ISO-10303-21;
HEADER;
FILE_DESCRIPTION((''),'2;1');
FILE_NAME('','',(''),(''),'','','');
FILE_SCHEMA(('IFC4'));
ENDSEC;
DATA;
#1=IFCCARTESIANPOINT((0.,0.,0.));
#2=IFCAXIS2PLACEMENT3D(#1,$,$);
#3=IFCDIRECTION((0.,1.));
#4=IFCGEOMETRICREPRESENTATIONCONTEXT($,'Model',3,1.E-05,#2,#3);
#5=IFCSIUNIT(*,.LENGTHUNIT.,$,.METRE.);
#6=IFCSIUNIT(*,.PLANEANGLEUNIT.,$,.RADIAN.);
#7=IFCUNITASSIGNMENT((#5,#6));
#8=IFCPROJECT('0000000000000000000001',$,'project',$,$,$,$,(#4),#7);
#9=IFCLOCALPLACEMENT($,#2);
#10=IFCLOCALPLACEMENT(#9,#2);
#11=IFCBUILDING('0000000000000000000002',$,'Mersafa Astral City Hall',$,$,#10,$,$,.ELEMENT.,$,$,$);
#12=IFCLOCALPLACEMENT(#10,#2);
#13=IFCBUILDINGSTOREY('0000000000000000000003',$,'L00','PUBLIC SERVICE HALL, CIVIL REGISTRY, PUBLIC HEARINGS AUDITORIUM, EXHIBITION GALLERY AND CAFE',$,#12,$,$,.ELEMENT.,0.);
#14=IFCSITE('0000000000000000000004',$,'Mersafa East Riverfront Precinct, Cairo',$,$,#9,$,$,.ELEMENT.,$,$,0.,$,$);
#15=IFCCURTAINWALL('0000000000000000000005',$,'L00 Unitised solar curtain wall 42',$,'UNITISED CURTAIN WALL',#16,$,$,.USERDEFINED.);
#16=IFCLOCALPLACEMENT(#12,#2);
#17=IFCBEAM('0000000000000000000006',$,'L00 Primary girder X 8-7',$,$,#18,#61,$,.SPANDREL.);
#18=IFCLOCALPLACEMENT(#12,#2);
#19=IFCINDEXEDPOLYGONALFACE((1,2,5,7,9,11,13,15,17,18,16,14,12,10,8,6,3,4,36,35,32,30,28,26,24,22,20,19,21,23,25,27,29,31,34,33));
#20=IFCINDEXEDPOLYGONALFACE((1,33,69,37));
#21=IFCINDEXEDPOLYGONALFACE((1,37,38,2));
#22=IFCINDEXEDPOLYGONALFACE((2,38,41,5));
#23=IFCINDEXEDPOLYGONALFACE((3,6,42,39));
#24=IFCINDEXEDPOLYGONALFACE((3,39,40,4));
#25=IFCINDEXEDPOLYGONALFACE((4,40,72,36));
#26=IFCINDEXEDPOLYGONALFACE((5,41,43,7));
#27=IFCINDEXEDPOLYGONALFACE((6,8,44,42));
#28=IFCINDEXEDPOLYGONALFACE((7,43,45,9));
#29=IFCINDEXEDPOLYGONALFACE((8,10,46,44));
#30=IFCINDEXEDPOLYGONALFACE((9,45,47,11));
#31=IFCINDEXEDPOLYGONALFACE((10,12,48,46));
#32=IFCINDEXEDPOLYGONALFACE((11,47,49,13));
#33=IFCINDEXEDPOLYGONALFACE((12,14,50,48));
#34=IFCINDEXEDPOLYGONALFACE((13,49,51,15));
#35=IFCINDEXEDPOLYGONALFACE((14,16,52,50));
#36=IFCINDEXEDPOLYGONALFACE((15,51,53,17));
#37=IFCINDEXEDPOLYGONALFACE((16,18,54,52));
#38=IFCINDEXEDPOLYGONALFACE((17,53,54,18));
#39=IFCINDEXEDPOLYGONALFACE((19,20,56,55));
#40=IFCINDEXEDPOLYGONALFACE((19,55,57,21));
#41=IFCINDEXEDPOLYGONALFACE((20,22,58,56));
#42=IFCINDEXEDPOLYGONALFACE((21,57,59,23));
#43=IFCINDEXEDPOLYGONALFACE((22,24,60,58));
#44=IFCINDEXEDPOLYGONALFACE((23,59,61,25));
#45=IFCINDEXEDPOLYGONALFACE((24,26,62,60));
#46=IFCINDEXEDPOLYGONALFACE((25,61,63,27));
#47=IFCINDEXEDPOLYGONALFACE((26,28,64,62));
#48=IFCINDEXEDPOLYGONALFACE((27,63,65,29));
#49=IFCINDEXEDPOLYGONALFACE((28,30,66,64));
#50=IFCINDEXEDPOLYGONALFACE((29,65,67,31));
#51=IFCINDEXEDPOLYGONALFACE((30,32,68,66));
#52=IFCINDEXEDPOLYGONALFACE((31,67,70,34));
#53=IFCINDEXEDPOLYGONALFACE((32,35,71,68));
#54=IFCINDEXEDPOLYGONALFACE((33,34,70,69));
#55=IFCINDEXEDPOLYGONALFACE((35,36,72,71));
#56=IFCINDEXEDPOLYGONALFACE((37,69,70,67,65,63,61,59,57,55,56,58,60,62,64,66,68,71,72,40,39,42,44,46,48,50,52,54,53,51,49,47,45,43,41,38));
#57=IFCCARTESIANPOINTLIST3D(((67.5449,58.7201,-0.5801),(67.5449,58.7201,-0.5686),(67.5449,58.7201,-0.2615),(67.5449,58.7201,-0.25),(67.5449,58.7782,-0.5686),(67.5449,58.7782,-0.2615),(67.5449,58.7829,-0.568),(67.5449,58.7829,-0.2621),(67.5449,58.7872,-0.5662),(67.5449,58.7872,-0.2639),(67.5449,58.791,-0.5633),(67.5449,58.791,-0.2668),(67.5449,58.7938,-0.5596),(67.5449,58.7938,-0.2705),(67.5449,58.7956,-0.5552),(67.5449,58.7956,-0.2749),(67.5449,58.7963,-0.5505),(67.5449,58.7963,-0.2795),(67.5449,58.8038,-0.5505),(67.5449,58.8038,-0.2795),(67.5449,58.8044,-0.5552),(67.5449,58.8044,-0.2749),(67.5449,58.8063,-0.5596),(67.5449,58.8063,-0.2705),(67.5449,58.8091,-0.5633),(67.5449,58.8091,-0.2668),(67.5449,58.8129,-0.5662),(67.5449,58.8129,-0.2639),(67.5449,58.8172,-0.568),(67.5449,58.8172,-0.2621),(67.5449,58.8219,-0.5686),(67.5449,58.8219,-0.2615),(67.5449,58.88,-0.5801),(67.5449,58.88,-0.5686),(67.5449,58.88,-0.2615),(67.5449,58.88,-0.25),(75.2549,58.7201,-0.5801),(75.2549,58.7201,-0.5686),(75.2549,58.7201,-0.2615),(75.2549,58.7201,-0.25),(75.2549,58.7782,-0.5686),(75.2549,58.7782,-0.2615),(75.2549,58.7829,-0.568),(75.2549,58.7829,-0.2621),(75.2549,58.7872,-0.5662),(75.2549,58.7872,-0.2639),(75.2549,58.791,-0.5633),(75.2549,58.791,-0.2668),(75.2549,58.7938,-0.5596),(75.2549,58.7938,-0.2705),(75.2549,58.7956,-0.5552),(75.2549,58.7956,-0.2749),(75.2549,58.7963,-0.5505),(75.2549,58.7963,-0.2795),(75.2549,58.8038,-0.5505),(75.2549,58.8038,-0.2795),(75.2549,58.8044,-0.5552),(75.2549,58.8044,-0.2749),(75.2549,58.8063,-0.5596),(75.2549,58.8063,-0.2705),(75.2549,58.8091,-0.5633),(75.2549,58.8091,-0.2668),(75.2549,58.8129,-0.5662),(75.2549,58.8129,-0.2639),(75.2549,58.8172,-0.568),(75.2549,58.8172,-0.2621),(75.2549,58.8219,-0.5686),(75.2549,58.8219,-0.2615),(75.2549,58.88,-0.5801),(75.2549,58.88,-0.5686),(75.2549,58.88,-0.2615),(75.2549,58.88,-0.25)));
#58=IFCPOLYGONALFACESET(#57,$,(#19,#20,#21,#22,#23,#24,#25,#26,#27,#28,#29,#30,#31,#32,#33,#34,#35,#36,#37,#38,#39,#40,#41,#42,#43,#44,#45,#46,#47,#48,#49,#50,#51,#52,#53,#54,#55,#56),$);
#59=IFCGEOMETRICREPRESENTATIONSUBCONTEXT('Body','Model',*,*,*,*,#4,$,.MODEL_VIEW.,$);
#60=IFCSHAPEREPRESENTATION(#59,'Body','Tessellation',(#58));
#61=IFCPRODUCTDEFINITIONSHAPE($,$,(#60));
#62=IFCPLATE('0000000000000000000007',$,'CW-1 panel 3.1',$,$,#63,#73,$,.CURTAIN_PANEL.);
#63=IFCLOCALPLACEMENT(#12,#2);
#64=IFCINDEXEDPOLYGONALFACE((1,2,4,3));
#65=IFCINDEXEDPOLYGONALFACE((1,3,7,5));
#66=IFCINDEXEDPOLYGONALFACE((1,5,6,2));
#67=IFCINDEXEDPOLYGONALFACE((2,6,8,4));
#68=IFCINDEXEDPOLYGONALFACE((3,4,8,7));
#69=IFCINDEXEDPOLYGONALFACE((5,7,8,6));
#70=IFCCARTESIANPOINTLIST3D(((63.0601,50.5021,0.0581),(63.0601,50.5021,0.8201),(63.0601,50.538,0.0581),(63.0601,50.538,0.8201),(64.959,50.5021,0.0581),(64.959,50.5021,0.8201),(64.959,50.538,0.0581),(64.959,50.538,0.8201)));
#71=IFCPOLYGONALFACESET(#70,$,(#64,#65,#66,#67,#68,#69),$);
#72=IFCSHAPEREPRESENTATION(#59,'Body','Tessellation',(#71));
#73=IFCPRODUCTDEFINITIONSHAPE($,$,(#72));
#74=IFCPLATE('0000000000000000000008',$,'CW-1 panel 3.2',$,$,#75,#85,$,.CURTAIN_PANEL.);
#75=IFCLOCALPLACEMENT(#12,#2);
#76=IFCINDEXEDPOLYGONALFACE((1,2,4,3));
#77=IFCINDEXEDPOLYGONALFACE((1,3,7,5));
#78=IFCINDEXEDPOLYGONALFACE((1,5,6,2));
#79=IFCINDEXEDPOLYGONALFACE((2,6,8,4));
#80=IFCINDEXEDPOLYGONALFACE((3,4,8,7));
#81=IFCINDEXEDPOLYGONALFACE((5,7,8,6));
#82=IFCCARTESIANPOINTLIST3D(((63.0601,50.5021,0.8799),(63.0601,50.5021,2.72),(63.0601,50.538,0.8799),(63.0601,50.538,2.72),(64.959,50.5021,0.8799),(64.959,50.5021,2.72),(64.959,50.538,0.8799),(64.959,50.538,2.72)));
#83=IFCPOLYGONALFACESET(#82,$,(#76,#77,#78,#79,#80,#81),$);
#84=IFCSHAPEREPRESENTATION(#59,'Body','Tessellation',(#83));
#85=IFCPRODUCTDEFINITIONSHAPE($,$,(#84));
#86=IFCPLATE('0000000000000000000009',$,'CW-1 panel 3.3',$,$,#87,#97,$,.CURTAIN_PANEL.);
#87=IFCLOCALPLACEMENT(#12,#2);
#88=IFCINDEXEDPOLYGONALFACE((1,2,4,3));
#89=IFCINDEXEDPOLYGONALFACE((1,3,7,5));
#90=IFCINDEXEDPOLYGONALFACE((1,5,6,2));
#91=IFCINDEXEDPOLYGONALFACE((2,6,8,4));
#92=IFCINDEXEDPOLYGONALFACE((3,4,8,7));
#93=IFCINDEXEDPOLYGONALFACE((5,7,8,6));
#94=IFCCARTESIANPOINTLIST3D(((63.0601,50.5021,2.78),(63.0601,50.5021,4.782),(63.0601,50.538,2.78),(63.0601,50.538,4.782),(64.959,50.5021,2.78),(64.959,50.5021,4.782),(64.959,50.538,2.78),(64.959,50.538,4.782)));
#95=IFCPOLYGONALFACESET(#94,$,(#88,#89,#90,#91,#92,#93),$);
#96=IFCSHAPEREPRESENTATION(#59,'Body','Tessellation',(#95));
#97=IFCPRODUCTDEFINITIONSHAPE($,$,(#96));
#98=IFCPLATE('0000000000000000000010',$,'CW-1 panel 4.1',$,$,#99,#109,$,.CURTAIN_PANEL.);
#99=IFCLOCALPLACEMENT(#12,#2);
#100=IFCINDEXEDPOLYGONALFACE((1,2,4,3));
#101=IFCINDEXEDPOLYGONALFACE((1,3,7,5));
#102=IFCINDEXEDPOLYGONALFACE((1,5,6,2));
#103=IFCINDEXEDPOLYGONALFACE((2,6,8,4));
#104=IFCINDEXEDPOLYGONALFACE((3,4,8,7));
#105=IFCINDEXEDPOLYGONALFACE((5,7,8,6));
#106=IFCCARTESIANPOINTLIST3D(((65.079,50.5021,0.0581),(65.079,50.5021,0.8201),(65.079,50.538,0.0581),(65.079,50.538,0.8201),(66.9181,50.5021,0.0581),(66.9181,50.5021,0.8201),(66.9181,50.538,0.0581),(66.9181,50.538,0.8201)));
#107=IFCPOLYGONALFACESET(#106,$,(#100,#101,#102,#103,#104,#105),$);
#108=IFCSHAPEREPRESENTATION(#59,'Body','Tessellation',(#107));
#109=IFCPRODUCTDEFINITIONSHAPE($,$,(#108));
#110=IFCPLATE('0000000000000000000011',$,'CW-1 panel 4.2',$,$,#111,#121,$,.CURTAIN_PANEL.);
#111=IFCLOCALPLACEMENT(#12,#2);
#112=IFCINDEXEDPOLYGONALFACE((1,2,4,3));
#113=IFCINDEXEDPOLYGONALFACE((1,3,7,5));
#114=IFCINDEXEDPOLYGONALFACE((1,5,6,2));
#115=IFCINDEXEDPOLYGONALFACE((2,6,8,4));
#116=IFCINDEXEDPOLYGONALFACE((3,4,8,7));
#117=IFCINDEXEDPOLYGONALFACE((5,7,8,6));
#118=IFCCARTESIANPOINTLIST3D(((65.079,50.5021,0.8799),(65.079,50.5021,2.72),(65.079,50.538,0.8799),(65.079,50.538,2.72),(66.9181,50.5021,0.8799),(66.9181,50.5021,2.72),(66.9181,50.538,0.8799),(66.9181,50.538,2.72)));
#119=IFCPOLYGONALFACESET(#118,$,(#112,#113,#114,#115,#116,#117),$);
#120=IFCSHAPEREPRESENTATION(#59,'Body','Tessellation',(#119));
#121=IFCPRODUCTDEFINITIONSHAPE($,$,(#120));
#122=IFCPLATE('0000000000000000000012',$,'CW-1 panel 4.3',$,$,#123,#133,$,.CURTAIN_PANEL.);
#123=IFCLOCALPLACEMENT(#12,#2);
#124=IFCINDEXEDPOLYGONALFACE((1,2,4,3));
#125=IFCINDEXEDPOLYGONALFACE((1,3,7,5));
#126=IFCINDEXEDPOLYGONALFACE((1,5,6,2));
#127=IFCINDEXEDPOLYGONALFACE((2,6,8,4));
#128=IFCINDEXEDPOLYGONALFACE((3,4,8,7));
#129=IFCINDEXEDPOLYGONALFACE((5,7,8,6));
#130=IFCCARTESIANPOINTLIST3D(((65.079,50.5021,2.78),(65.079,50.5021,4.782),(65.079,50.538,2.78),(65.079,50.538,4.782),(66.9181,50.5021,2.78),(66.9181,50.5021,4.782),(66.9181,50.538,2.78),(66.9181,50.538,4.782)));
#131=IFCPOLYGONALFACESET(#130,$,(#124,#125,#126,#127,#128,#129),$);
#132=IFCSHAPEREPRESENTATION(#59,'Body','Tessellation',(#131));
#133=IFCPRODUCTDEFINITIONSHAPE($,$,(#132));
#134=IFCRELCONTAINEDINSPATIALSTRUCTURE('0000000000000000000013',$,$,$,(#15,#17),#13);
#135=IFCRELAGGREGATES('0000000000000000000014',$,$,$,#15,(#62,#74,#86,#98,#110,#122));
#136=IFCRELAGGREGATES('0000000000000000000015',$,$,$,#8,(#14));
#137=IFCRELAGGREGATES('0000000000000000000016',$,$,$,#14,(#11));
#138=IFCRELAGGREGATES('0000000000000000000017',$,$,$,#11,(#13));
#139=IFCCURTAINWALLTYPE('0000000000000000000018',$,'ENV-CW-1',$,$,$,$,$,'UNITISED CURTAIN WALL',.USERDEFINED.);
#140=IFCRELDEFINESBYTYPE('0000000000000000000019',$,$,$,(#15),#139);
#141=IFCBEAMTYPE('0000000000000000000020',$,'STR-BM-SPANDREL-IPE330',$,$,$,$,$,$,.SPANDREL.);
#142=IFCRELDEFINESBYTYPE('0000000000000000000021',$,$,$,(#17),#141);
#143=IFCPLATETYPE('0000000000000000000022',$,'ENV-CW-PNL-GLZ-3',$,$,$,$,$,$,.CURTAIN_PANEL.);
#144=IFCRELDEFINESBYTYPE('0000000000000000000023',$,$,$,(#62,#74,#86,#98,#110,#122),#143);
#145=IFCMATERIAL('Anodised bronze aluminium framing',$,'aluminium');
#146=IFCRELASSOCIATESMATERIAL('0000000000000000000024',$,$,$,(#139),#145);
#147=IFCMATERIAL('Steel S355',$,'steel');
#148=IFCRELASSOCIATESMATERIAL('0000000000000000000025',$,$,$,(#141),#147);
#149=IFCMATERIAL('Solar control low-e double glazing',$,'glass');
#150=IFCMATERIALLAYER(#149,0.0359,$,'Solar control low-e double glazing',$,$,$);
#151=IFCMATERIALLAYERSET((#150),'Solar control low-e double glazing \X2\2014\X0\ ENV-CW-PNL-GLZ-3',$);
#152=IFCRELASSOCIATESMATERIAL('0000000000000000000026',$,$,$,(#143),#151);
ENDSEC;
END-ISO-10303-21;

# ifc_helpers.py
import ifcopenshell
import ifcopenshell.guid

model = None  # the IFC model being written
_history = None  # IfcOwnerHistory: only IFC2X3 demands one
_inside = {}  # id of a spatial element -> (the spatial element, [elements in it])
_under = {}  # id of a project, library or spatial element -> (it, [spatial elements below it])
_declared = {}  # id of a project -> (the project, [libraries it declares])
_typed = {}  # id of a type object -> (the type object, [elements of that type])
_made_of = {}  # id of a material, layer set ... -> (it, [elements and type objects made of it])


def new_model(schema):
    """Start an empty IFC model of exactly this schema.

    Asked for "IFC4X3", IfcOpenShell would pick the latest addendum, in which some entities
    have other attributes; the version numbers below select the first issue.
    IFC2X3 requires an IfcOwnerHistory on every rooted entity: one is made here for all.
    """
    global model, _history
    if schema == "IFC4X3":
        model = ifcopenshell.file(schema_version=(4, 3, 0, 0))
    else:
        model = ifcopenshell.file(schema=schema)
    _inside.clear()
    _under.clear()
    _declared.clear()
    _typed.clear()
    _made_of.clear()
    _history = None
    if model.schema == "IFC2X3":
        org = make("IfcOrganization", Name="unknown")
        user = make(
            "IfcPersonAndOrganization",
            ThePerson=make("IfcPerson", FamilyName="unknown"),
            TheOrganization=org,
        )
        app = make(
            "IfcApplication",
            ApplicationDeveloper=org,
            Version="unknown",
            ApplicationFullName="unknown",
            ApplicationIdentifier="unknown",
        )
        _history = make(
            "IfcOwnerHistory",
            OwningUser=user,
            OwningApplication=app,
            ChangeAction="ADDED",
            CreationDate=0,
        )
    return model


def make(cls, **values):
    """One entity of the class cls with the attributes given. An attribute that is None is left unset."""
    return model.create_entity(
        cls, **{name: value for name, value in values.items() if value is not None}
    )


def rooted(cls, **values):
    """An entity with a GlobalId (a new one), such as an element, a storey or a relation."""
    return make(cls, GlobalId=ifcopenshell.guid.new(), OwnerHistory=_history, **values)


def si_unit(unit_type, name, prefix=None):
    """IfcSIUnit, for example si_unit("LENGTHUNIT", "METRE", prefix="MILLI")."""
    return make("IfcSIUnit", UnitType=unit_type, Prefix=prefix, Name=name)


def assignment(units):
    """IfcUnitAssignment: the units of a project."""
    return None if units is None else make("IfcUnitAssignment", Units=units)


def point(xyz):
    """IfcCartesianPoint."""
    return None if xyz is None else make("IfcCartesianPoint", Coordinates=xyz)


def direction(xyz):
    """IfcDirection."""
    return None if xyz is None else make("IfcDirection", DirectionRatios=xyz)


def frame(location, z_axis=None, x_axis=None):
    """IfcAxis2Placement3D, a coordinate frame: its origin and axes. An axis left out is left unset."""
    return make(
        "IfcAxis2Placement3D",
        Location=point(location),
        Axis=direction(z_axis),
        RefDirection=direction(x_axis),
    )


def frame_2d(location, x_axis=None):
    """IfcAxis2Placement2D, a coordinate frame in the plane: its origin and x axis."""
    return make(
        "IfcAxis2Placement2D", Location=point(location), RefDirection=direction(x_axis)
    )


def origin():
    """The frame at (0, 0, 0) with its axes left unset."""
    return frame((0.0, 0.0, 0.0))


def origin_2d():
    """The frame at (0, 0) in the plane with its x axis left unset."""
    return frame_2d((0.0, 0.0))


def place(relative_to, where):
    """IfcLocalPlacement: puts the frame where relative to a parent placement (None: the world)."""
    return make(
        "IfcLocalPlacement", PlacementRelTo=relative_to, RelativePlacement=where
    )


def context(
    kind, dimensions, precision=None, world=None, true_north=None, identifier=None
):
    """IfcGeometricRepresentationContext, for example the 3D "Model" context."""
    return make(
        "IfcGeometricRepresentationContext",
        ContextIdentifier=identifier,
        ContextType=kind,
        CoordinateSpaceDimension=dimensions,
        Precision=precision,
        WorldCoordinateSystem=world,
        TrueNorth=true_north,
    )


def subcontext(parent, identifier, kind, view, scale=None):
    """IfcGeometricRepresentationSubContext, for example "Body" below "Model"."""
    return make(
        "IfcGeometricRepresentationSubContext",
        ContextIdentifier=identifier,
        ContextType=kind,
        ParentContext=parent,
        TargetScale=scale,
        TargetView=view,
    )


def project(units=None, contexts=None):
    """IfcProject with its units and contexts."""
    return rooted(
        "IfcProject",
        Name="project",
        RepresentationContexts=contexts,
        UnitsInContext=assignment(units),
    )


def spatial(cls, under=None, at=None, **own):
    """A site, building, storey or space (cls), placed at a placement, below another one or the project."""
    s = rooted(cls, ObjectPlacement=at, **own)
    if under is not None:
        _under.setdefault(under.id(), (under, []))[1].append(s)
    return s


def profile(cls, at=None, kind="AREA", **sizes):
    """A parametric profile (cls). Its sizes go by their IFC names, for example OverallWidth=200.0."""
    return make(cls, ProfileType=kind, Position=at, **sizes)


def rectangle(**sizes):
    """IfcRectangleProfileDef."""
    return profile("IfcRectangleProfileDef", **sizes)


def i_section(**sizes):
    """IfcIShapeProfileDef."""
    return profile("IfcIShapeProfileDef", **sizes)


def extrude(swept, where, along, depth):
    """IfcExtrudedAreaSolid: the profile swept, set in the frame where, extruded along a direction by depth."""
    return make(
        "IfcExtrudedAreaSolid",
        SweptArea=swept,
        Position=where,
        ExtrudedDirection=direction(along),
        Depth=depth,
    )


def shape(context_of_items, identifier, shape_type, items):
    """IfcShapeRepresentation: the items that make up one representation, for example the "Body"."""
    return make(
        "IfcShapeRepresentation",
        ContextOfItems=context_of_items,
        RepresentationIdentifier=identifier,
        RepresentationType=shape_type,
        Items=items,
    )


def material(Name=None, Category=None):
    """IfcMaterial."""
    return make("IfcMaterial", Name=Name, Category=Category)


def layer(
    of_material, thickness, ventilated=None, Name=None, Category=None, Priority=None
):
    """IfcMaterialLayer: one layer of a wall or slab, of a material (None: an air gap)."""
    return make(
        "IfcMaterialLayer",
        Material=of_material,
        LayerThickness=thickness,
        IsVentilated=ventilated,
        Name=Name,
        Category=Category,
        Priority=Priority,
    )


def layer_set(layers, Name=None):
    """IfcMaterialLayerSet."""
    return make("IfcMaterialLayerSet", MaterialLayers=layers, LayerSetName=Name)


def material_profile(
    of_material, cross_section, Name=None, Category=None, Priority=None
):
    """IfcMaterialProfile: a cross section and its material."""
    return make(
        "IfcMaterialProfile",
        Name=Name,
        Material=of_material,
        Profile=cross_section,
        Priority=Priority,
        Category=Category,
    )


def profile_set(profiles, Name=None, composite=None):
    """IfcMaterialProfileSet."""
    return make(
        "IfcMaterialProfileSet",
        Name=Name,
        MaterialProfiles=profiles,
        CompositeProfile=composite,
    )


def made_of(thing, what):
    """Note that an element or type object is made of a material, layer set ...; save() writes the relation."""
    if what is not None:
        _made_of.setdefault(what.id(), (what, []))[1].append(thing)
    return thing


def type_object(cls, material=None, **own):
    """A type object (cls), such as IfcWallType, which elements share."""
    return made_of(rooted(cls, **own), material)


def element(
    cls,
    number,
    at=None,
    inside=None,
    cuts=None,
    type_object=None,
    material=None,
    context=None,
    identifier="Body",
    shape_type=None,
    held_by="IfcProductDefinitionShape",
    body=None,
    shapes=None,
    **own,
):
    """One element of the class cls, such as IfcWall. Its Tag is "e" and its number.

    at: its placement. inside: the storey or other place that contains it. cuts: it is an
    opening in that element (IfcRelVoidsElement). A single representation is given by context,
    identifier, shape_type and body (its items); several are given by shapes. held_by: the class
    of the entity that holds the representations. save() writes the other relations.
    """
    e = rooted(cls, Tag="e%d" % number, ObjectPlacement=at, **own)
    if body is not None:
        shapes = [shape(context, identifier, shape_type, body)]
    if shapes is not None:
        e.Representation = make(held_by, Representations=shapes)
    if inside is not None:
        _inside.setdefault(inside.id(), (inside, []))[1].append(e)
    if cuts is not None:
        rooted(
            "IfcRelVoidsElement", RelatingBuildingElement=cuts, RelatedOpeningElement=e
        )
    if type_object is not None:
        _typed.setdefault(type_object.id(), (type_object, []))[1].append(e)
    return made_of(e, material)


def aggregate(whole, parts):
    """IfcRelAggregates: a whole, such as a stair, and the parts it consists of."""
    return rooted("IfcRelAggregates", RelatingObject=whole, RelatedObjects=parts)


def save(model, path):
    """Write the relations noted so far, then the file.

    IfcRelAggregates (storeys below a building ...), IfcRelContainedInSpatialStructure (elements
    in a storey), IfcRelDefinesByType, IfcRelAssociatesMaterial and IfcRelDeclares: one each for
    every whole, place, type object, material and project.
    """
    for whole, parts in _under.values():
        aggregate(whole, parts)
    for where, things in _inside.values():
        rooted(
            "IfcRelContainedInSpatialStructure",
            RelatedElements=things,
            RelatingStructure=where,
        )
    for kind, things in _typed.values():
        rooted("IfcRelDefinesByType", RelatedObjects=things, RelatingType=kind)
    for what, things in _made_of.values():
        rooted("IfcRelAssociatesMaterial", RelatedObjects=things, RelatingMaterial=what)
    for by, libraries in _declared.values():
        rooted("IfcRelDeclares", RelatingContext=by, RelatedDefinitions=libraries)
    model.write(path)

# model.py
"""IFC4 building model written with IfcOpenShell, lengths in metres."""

from ifc_helpers import new_model, si_unit, direction, frame, origin, origin_2d, place, context, subcontext, project, spatial, rectangle, i_section, extrude, material, layer, layer_set, material_profile, profile_set, type_object, element, aggregate, save


model = new_model("IFC4")

# Units and contexts
model_context = context("Model", 3, precision=1e-05, world=origin(), true_north=direction((0.0, 1.0)))
body_context = subcontext(model_context, "Body", "Model", "MODEL_VIEW")
ifc_project = project(units=[si_unit("LENGTHUNIT", "METRE"), si_unit("PLANEANGLEUNIT", "RADIAN")], contexts=[model_context])

# Site, building, storey
site_placement = place(None, origin())
site = spatial("IfcSite", under=ifc_project, at=site_placement, Name="Mersafa East Riverfront Precinct, Cairo", CompositionType="ELEMENT", RefElevation=0.0)
building_placement = place(site_placement, origin())
building = spatial("IfcBuilding", under=site, at=building_placement, Name="Mersafa Astral City Hall", CompositionType="ELEMENT")
storey_placement = place(building_placement, origin())
storey = spatial("IfcBuildingStorey", under=building, at=storey_placement, Name="L00", Description="PUBLIC SERVICE HALL, CIVIL REGISTRY, PUBLIC HEARINGS AUDITORIUM, EXHIBITION GALLERY AND CAFE", CompositionType="ELEMENT", Elevation=0.0)

# Shared definitions
ifc_material_1 = material(Name="Steel S355", Category="steel")

# Curtain wall
ifc_material_2 = material(Name="Anodised bronze aluminium framing", Category="aluminium")
curtain_wall_type_1 = type_object("IfcCurtainWallType", Name="ENV-CW-1", ElementType="UNITISED CURTAIN WALL", PredefinedType="USERDEFINED", material=ifc_material_2)
curtain_wall_1_placement = place(storey_placement, origin())
curtain_wall_1 = element("IfcCurtainWall", 1, at=curtain_wall_1_placement, inside=storey, type_object=curtain_wall_type_1, Name="L00 Unitised solar curtain wall 42", ObjectType="UNITISED CURTAIN WALL", PredefinedType="USERDEFINED")

# Beam
ifc_material_profile_1 = material_profile(ifc_material_1, i_section(OverallWidth=0.1599, OverallDepth=0.3301, WebThickness=0.0076, FlangeThickness=0.0115, FilletRadius=0.0181, at=origin_2d()), Name="IPE 330")
ifc_profile_set_1 = profile_set([ifc_material_profile_1], Name="Steel S355")
beam_type_1 = type_object("IfcBeamType", Name="STR-BM-SPANDREL-IPE330", PredefinedType="SPANDREL", material=ifc_profile_set_1)
beam_1_placement = place(storey_placement, frame((67.5449, 58.8, -0.415), z_axis=(1.0, 0.0, 0.0), x_axis=(0.0, 1.0, 0.0)))
element("IfcBeam", 2, at=beam_1_placement, inside=storey, type_object=beam_type_1, Name="L00 Primary girder X 8-7", PredefinedType="SPANDREL", context=body_context, shape_type="SweptSolid", body=[
    extrude(i_section(OverallWidth=0.1599, OverallDepth=0.3301, WebThickness=0.0076, FlangeThickness=0.0115, FilletRadius=0.0181, at=origin_2d()), origin(), (0.0, 0.0, 1.0), 7.71),
])

# Plates
ifc_material_3 = material(Name="Solar control low-e double glazing", Category="glass")
ifc_layer = layer(ifc_material_3, 0.0359, Name="Solar control low-e double glazing")
ifc_layer_set = layer_set([ifc_layer], Name="Solar control low-e double glazing — ENV-CW-PNL-GLZ-3")
plate_type = type_object("IfcPlateType", Name="ENV-CW-PNL-GLZ-3", PredefinedType="CURTAIN_PANEL", material=ifc_layer_set)
plate_1_placement = place(storey_placement, frame((64.0095, 50.52, 0.0581), z_axis=(0.0, 0.0, 1.0), x_axis=(1.0, 0.0, 0.0)))
plate_1 = element("IfcPlate", 3, at=plate_1_placement, type_object=plate_type, Name="CW-1 panel 3.1", PredefinedType="CURTAIN_PANEL", context=body_context, shape_type="SweptSolid", body=[
    extrude(rectangle(XDim=1.8989, YDim=0.0359, at=origin_2d()), origin(), (0.0, 0.0, 1.0), 0.762),
])
plate_2_placement = place(storey_placement, frame((64.0095, 50.52, 0.8799), z_axis=(0.0, 0.0, 1.0), x_axis=(1.0, 0.0, 0.0)))
plate_2 = element("IfcPlate", 4, at=plate_2_placement, type_object=plate_type, Name="CW-1 panel 3.2", PredefinedType="CURTAIN_PANEL", context=body_context, shape_type="SweptSolid", body=[
    extrude(rectangle(XDim=1.8989, YDim=0.0359, at=origin_2d()), origin(), (0.0, 0.0, 1.0), 1.8401),
])
plate_3_placement = place(storey_placement, frame((64.0095, 50.52, 2.78), z_axis=(0.0, 0.0, 1.0), x_axis=(1.0, 0.0, 0.0)))
plate_3 = element("IfcPlate", 5, at=plate_3_placement, type_object=plate_type, Name="CW-1 panel 3.3", PredefinedType="CURTAIN_PANEL", context=body_context, shape_type="SweptSolid", body=[
    extrude(rectangle(XDim=1.8989, YDim=0.0359, at=origin_2d()), origin(), (0.0, 0.0, 1.0), 2.002),
])
plate_4_placement = place(storey_placement, frame((65.9985, 50.52, 0.0581), z_axis=(0.0, 0.0, 1.0), x_axis=(1.0, 0.0, 0.0)))
plate_4 = element("IfcPlate", 6, at=plate_4_placement, type_object=plate_type, Name="CW-1 panel 4.1", PredefinedType="CURTAIN_PANEL", context=body_context, shape_type="SweptSolid", body=[
    extrude(rectangle(XDim=1.8391, YDim=0.0359, at=origin_2d()), origin(), (0.0, 0.0, 1.0), 0.762),
])
plate_5_placement = place(storey_placement, frame((65.9985, 50.52, 0.8799), z_axis=(0.0, 0.0, 1.0), x_axis=(1.0, 0.0, 0.0)))
plate_5 = element("IfcPlate", 7, at=plate_5_placement, type_object=plate_type, Name="CW-1 panel 4.2", PredefinedType="CURTAIN_PANEL", context=body_context, shape_type="SweptSolid", body=[
    extrude(rectangle(XDim=1.8391, YDim=0.0359, at=origin_2d()), origin(), (0.0, 0.0, 1.0), 1.8401),
])
plate_6_placement = place(storey_placement, frame((65.9985, 50.52, 2.78), z_axis=(0.0, 0.0, 1.0), x_axis=(1.0, 0.0, 0.0)))
plate_6 = element("IfcPlate", 8, at=plate_6_placement, type_object=plate_type, Name="CW-1 panel 4.3", PredefinedType="CURTAIN_PANEL", context=body_context, shape_type="SweptSolid", body=[
    extrude(rectangle(XDim=1.8391, YDim=0.0359, at=origin_2d()), origin(), (0.0, 0.0, 1.0), 2.002),
])
aggregate(curtain_wall_1, [plate_1, plate_2, plate_3, plate_4, plate_5, plate_6])

save(model, "model.ifc")
